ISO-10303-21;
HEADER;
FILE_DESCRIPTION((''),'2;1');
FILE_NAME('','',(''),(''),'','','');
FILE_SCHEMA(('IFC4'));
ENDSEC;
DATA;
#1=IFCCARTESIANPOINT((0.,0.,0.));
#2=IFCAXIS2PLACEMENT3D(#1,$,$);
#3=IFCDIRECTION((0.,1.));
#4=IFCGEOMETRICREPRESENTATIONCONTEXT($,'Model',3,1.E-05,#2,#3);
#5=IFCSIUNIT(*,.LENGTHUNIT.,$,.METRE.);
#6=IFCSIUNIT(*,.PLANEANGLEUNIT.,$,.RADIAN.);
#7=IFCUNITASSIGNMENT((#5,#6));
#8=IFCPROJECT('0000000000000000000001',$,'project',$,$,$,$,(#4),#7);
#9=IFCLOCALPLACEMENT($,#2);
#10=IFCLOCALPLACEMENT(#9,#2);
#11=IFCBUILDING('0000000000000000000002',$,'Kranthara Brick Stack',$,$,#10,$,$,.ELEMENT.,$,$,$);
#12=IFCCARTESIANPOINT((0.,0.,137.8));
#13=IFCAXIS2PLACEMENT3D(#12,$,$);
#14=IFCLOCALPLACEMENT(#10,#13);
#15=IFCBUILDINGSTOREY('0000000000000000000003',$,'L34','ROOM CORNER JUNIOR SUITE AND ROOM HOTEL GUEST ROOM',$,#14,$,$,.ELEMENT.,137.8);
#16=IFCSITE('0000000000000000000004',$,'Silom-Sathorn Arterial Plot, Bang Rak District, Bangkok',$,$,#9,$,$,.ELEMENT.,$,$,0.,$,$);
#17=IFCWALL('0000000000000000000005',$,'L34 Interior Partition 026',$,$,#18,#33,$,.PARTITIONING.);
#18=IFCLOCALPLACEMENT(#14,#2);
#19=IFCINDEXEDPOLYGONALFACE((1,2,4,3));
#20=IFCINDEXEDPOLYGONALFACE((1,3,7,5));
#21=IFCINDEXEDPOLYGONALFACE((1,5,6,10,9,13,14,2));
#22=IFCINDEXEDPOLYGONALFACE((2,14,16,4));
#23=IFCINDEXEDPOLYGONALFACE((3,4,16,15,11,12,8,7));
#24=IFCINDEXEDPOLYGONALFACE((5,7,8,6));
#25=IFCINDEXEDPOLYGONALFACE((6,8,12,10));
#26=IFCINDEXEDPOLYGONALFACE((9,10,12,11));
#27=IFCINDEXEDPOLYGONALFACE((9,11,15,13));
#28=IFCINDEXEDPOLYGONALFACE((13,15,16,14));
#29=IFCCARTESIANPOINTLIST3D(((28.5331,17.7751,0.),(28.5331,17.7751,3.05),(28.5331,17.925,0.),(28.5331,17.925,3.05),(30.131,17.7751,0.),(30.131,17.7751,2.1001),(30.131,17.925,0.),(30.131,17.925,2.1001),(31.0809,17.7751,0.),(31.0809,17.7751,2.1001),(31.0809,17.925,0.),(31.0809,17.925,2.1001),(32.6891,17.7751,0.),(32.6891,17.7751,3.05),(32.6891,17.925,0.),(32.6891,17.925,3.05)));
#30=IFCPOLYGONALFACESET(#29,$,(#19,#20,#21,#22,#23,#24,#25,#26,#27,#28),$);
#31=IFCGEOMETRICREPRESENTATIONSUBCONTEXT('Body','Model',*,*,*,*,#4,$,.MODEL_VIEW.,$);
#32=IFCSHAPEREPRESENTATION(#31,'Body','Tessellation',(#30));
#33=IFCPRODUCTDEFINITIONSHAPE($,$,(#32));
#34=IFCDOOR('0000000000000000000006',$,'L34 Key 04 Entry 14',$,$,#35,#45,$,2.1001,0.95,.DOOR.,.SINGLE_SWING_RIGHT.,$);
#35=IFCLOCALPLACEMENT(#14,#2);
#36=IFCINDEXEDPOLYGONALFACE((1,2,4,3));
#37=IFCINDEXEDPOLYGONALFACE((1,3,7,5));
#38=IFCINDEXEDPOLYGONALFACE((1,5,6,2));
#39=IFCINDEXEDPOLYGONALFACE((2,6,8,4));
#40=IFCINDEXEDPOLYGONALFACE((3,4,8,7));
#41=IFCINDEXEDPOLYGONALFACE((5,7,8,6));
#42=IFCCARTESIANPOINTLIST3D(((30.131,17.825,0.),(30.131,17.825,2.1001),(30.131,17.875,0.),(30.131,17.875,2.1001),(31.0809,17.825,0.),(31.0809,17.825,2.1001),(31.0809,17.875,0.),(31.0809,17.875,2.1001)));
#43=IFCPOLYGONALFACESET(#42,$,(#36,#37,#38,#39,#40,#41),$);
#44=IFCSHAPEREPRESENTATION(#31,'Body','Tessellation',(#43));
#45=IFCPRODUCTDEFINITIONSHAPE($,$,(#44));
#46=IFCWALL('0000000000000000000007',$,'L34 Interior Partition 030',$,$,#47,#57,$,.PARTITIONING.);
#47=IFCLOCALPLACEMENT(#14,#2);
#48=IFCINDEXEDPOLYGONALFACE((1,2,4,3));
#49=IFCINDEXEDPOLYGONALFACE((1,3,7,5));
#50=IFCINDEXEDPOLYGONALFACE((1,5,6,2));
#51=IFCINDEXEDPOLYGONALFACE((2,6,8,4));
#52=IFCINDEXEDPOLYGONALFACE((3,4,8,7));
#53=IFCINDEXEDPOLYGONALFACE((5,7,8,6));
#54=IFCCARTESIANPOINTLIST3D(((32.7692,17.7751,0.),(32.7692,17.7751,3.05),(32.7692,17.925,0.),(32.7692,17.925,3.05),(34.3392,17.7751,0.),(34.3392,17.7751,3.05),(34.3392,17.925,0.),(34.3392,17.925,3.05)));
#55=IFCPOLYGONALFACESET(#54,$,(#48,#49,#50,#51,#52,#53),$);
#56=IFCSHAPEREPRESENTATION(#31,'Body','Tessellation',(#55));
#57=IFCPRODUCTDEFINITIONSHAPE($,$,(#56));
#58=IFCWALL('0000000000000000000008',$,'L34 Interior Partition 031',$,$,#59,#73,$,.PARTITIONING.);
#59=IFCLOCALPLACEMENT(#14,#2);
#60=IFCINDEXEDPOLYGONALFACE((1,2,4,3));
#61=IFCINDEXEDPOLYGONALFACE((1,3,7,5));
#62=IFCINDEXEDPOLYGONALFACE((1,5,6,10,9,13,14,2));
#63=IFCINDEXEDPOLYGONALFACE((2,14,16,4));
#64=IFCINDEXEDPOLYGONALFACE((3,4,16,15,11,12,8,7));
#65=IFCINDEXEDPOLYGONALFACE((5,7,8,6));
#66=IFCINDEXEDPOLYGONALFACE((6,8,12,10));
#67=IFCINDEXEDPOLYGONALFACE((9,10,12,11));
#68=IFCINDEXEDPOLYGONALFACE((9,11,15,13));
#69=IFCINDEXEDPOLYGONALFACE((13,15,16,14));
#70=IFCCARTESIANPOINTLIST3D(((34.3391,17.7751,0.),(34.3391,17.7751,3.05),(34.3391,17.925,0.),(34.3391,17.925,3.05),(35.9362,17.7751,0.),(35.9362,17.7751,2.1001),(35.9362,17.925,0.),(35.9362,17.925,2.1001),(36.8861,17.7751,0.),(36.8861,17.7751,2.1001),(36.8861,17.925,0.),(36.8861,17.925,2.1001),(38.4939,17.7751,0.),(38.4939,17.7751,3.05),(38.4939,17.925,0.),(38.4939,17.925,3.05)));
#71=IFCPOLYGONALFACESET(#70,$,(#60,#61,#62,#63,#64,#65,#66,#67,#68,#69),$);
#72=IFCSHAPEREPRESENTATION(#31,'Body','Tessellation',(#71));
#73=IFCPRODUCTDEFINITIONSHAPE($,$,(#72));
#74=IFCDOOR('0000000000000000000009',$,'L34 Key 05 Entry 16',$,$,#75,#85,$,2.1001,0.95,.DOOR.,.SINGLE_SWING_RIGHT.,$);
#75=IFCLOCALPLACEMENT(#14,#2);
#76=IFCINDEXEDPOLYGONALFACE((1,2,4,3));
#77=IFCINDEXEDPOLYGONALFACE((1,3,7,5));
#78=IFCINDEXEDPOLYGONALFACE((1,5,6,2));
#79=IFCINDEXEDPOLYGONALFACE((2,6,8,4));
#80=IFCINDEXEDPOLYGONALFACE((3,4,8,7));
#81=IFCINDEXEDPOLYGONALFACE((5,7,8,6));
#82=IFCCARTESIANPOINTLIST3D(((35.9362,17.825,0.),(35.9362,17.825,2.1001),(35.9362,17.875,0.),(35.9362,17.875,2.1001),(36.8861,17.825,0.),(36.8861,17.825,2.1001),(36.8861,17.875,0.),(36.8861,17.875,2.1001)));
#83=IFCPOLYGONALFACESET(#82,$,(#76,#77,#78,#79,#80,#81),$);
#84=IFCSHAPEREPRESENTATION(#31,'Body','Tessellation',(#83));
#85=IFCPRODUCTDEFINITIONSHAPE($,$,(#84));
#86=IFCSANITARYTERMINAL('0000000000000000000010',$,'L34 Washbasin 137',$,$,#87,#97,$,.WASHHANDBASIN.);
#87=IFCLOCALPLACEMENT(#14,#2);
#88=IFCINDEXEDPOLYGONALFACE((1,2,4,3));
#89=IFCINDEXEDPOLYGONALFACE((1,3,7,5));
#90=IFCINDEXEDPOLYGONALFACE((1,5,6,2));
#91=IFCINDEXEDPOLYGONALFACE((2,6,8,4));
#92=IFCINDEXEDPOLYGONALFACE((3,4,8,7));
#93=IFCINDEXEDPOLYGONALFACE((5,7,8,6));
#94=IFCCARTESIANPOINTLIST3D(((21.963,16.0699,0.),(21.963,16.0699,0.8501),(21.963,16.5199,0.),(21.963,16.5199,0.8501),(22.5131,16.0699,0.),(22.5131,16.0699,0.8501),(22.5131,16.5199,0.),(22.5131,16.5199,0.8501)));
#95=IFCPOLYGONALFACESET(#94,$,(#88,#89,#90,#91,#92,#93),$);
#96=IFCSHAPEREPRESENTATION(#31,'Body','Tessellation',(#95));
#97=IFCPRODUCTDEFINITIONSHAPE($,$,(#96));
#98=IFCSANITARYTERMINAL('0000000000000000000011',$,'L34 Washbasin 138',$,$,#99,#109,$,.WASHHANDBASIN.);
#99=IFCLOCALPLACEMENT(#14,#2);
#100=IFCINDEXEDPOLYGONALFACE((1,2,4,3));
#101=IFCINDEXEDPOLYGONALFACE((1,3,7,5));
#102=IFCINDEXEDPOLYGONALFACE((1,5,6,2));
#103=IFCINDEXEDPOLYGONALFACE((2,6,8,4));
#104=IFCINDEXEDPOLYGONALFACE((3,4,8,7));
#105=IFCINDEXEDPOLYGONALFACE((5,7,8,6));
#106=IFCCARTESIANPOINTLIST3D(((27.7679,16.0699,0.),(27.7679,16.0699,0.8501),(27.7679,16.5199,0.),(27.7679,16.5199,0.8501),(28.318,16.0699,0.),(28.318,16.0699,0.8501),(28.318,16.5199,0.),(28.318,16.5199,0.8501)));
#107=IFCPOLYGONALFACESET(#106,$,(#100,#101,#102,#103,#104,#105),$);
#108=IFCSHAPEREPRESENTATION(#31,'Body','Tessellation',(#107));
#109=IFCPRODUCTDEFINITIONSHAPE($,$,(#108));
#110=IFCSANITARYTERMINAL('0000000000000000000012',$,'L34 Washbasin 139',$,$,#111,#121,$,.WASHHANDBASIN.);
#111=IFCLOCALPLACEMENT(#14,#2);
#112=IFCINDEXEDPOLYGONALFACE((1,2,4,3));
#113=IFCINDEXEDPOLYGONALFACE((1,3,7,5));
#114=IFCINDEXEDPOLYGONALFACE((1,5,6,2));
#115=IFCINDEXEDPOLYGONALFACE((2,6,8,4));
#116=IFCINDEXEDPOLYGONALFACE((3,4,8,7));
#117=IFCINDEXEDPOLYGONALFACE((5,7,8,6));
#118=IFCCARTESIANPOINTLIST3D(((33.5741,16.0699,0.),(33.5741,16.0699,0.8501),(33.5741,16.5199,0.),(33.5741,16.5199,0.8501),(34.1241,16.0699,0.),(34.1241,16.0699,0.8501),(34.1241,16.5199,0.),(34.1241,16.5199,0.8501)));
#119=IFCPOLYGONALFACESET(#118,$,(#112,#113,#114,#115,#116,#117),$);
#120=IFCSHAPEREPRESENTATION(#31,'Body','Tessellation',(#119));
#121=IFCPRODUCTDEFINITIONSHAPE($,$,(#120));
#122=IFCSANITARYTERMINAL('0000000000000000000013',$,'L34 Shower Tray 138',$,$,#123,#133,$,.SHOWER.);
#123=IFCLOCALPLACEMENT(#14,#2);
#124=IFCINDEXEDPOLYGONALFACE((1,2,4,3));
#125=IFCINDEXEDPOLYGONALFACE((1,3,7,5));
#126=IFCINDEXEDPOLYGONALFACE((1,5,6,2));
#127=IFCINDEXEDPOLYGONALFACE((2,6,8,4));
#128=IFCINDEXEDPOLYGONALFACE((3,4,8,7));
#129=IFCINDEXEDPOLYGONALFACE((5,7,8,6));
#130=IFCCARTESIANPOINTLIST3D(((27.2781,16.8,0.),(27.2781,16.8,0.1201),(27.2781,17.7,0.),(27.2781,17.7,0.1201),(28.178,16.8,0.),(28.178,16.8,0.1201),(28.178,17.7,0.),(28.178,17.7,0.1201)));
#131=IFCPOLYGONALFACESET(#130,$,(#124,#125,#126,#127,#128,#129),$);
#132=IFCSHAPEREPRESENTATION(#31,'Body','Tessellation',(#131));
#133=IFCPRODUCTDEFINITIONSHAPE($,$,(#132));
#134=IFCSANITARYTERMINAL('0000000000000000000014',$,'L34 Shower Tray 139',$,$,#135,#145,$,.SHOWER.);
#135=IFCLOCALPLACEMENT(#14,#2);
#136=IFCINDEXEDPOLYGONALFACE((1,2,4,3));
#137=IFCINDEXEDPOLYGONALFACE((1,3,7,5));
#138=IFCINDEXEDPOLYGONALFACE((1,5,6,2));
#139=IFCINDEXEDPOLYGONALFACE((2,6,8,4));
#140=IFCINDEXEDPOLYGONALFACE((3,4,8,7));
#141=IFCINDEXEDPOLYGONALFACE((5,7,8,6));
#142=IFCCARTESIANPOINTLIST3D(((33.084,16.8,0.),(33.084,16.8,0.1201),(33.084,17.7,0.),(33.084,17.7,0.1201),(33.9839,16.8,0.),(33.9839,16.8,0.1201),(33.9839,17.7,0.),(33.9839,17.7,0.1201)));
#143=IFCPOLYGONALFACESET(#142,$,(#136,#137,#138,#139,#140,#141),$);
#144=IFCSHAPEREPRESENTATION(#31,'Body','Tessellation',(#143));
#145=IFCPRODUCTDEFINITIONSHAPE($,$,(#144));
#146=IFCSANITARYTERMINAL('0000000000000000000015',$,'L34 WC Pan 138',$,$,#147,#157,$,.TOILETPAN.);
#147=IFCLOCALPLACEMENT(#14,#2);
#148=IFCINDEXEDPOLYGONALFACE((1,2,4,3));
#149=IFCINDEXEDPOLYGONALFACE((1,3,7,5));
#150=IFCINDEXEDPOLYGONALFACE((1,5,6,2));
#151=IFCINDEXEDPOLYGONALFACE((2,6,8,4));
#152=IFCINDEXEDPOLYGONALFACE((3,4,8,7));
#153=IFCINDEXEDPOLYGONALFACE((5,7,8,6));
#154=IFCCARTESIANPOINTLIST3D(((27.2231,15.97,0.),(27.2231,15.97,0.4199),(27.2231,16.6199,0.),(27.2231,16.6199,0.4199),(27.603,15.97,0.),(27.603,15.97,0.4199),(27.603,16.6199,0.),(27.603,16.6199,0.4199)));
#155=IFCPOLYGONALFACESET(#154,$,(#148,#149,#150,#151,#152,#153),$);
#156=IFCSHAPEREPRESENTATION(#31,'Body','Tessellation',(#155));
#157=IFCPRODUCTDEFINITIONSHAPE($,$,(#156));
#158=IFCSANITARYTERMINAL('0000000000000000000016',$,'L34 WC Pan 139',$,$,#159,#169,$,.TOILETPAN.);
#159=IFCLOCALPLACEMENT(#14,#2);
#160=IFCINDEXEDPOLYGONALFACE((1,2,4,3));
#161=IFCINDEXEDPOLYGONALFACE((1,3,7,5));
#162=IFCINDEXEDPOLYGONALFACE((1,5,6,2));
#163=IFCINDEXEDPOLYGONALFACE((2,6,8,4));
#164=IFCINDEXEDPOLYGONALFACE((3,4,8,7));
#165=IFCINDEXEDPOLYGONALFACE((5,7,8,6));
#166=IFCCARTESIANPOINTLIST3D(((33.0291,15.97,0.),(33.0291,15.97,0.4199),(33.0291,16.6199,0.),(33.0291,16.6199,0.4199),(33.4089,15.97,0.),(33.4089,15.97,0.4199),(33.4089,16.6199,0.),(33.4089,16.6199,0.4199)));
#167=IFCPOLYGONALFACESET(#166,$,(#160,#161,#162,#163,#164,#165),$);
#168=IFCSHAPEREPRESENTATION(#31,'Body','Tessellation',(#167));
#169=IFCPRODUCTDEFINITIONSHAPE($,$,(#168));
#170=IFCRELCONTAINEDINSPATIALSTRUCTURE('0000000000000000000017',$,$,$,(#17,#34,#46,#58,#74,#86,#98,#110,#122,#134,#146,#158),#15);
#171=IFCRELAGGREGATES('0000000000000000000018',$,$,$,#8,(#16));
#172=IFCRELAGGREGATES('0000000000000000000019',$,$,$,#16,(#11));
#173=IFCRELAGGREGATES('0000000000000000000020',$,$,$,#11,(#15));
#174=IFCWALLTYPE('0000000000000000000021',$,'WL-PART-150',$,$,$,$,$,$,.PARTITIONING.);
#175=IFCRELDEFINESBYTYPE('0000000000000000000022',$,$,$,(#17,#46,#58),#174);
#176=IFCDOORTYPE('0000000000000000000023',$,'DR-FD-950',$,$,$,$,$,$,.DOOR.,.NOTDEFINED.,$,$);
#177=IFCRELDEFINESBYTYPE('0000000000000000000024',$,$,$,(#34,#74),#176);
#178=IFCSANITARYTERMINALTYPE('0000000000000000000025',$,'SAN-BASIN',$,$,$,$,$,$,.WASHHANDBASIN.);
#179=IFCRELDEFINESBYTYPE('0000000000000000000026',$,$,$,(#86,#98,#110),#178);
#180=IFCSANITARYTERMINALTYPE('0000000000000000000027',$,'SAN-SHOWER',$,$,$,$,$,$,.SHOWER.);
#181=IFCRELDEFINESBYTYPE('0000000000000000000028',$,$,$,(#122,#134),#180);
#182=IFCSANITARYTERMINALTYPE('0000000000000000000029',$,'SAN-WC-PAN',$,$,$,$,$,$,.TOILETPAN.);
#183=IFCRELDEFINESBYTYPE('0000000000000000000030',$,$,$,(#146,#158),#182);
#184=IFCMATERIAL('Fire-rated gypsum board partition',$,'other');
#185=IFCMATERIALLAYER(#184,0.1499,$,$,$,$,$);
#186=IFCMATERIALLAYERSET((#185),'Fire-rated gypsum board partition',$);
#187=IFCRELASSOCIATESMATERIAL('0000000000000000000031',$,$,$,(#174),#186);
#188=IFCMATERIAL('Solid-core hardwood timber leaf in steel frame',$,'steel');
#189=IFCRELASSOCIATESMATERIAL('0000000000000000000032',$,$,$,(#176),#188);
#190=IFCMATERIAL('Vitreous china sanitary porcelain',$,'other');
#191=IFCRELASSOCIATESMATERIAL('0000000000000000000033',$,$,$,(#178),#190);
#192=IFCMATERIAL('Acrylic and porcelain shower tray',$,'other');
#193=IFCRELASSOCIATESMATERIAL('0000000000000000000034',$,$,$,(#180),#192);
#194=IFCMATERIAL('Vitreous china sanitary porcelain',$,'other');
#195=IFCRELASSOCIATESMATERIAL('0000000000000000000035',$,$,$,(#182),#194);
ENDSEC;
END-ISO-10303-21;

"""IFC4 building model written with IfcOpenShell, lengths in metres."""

from ifc_helpers import new_model, si_unit, direction, frame, frame_2d, origin, origin_2d, place, context, subcontext, project, spatial, rectangle, extrude, material, layer, layer_set, type_object, element, fill, save


model = new_model("IFC4")

# Units and contexts
model_context = context("Model", 3, precision=1e-05, world=origin(), true_north=direction((0.0, 1.0)))
body_context = subcontext(model_context, "Body", "Model", "MODEL_VIEW")
ifc_project = project(units=[si_unit("LENGTHUNIT", "METRE"), si_unit("PLANEANGLEUNIT", "RADIAN")], contexts=[model_context])

# Site, building, storey
site_placement = place(None, origin())
site = spatial("IfcSite", under=ifc_project, at=site_placement, Name="Silom-Sathorn Arterial Plot, Bang Rak District, Bangkok", CompositionType="ELEMENT", RefElevation=0.0)
building_placement = place(site_placement, origin())
building = spatial("IfcBuilding", under=site, at=building_placement, Name="Kranthara Brick Stack", CompositionType="ELEMENT")
storey_placement = place(building_placement, frame((0.0, 0.0, 137.8)))
storey = spatial("IfcBuildingStorey", under=building, at=storey_placement, Name="L34", Description="ROOM CORNER JUNIOR SUITE AND ROOM HOTEL GUEST ROOM", CompositionType="ELEMENT", Elevation=137.8)

# Shared definitions
ifc_material_1 = material(Name="Fire-rated gypsum board partition", Category="other")
ifc_layer_1 = layer(ifc_material_1, 0.1499)
ifc_layer_set_1 = layer_set([ifc_layer_1], Name="Fire-rated gypsum board partition")
wall_type_1 = type_object("IfcWallType", Name="WL-PART-150", PredefinedType="PARTITIONING", material=ifc_layer_set_1)
ifc_material_2 = material(Name="Solid-core hardwood timber leaf in steel frame", Category="steel")
door_type_1 = type_object("IfcDoorType", Name="DR-FD-950", OperationType="NOTDEFINED", PredefinedType="DOOR", material=ifc_material_2)

# Wall, opening, door
wall_1_placement = place(storey_placement, frame((28.533, 17.8501, 0.0), z_axis=(0.0, 0.0, 1.0), x_axis=(1.0, 0.0, 0.0)))
wall_1 = element("IfcWall", 1, at=wall_1_placement, inside=storey, type_object=wall_type_1, Name="L34 Interior Partition 026", PredefinedType="PARTITIONING", context=body_context, shape_type="SweptSolid", body=[
    extrude(rectangle(XDim=4.156, YDim=0.1499, at=frame_2d((2.0781, 0.0))), origin(), (0.0, 0.0, 1.0), 3.05),
])
opening_1_placement = place(wall_1_placement, frame((1.5979, 0.0, 0.0)))
opening_1 = element("IfcOpeningElement", 2, at=opening_1_placement, cuts=wall_1, PredefinedType="OPENING", context=body_context, shape_type="SweptSolid", body=[
    extrude(rectangle(XDim=0.95, YDim=2.1001, at=frame_2d((0.4751, 1.05))), frame((0.0, 0.085, 0.0), z_axis=(0.0, -1.0, 0.0), x_axis=(1.0, 0.0, 0.0)), (0.0, 0.0, 1.0), 0.1699),
])
door_1_placement = place(opening_1_placement, origin())
door_1 = element("IfcDoor", 3, at=door_1_placement, inside=storey, type_object=door_type_1, Name="L34 Key 04 Entry 14", OperationType="SINGLE_SWING_RIGHT", OverallHeight=2.1001, OverallWidth=0.95, PredefinedType="DOOR", context=body_context, shape_type="SweptSolid", body=[
    extrude(rectangle(XDim=0.95, YDim=2.1001, at=frame_2d((0.4751, 1.05))), frame((0.0, 0.0249, 0.0), z_axis=(0.0, -1.0, 0.0), x_axis=(1.0, 0.0, 0.0)), (0.0, 0.0, 1.0), 0.05),
])
fill(opening_1, door_1)

# Wall
wall_2_placement = place(storey_placement, frame((32.769, 17.8501, 0.0), z_axis=(0.0, 0.0, 1.0), x_axis=(1.0, 0.0, 0.0)))
element("IfcWall", 4, at=wall_2_placement, inside=storey, type_object=wall_type_1, Name="L34 Interior Partition 030", PredefinedType="PARTITIONING", context=body_context, shape_type="SweptSolid", body=[
    extrude(rectangle(XDim=1.5701, YDim=0.1499, at=frame_2d((0.7852, 0.0))), origin(), (0.0, 0.0, 1.0), 3.05),
])

# Wall, opening, door
wall_3_placement = place(storey_placement, frame((34.3391, 17.8501, 0.0), z_axis=(0.0, 0.0, 1.0), x_axis=(1.0, 0.0, 0.0)))
wall_3 = element("IfcWall", 5, at=wall_3_placement, inside=storey, type_object=wall_type_1, Name="L34 Interior Partition 031", PredefinedType="PARTITIONING", context=body_context, shape_type="SweptSolid", body=[
    extrude(rectangle(XDim=4.1548, YDim=0.1499, at=frame_2d((2.0774, 0.0))), origin(), (0.0, 0.0, 1.0), 3.05),
])
opening_2_placement = place(wall_3_placement, frame((1.5969, 0.0, 0.0)))
opening_2 = element("IfcOpeningElement", 6, at=opening_2_placement, cuts=wall_3, PredefinedType="OPENING", context=body_context, shape_type="SweptSolid", body=[
    extrude(rectangle(XDim=0.95, YDim=2.1001, at=frame_2d((0.4751, 1.05))), frame((0.0, 0.085, 0.0), z_axis=(0.0, -1.0, 0.0), x_axis=(1.0, 0.0, 0.0)), (0.0, 0.0, 1.0), 0.1699),
])
door_2_placement = place(opening_2_placement, origin())
door_2 = element("IfcDoor", 7, at=door_2_placement, inside=storey, type_object=door_type_1, Name="L34 Key 05 Entry 16", OperationType="SINGLE_SWING_RIGHT", OverallHeight=2.1001, OverallWidth=0.95, PredefinedType="DOOR", context=body_context, shape_type="SweptSolid", body=[
    extrude(rectangle(XDim=0.95, YDim=2.1001, at=frame_2d((0.4751, 1.05))), frame((0.0, 0.0249, 0.0), z_axis=(0.0, -1.0, 0.0), x_axis=(1.0, 0.0, 0.0)), (0.0, 0.0, 1.0), 0.05),
])
fill(opening_2, door_2)

# Sanitary terminals
ifc_material_3 = material(Name="Vitreous china sanitary porcelain", Category="other")
sanitary_terminal_type_1 = type_object("IfcSanitaryTerminalType", Name="SAN-BASIN", PredefinedType="WASHHANDBASIN", material=ifc_material_3)
for number, where, z_axis, x_axis, name in (
    (8, (22.238, 16.2949, 0.0), (0.0, 0.0, 1.0), (1.0, 0.0, 0.0), "L34 Washbasin 137"),
    (9, (28.043, 16.2949, 0.0), (0.0, 0.0, 1.0), (1.0, 0.0, 0.0), "L34 Washbasin 138"),
    (10, (33.8491, 16.2949, 0.0), (0.0, 0.0, 1.0), (1.0, 0.0, 0.0), "L34 Washbasin 139"),
):
    element("IfcSanitaryTerminal", number, at=place(storey_placement, frame(where, z_axis=z_axis, x_axis=x_axis)), inside=storey, type_object=sanitary_terminal_type_1, Name=name, PredefinedType="WASHHANDBASIN", context=body_context, shape_type="SweptSolid", body=[
        extrude(rectangle(XDim=0.55, YDim=0.45, at=origin_2d()), origin(), (0.0, 0.0, 1.0), 0.8501),
    ])
ifc_material_4 = material(Name="Acrylic and porcelain shower tray", Category="other")
sanitary_terminal_type_2 = type_object("IfcSanitaryTerminalType", Name="SAN-SHOWER", PredefinedType="SHOWER", material=ifc_material_4)
for number, where, z_axis, x_axis, name in (
    (11, (27.728, 17.25, 0.0), (0.0, 0.0, 1.0), (1.0, 0.0, 0.0), "L34 Shower Tray 138"),
    (12, (33.5339, 17.25, 0.0), (0.0, 0.0, 1.0), (1.0, 0.0, 0.0), "L34 Shower Tray 139"),
):
    element("IfcSanitaryTerminal", number, at=place(storey_placement, frame(where, z_axis=z_axis, x_axis=x_axis)), inside=storey, type_object=sanitary_terminal_type_2, Name=name, PredefinedType="SHOWER", context=body_context, shape_type="SweptSolid", body=[
        extrude(rectangle(XDim=0.8999, YDim=0.8999, at=origin_2d()), origin(), (0.0, 0.0, 1.0), 0.1201),
    ])
ifc_material_5 = material(Name="Vitreous china sanitary porcelain", Category="other")
sanitary_terminal_type_3 = type_object("IfcSanitaryTerminalType", Name="SAN-WC-PAN", PredefinedType="TOILETPAN", material=ifc_material_5)
for number, where, z_axis, x_axis, name in (
    (13, (27.4131, 16.2949, 0.0), (0.0, 0.0, 1.0), (1.0, 0.0, 0.0), "L34 WC Pan 138"),
    (14, (33.219, 16.2949, 0.0), (0.0, 0.0, 1.0), (1.0, 0.0, 0.0), "L34 WC Pan 139"),
):
    element("IfcSanitaryTerminal", number, at=place(storey_placement, frame(where, z_axis=z_axis, x_axis=x_axis)), inside=storey, type_object=sanitary_terminal_type_3, Name=name, PredefinedType="TOILETPAN", context=body_context, shape_type="SweptSolid", body=[
        extrude(rectangle(XDim=0.3799, YDim=0.6499, at=origin_2d()), origin(), (0.0, 0.0, 1.0), 0.4199),
    ])

save(model, "model.ifc")
